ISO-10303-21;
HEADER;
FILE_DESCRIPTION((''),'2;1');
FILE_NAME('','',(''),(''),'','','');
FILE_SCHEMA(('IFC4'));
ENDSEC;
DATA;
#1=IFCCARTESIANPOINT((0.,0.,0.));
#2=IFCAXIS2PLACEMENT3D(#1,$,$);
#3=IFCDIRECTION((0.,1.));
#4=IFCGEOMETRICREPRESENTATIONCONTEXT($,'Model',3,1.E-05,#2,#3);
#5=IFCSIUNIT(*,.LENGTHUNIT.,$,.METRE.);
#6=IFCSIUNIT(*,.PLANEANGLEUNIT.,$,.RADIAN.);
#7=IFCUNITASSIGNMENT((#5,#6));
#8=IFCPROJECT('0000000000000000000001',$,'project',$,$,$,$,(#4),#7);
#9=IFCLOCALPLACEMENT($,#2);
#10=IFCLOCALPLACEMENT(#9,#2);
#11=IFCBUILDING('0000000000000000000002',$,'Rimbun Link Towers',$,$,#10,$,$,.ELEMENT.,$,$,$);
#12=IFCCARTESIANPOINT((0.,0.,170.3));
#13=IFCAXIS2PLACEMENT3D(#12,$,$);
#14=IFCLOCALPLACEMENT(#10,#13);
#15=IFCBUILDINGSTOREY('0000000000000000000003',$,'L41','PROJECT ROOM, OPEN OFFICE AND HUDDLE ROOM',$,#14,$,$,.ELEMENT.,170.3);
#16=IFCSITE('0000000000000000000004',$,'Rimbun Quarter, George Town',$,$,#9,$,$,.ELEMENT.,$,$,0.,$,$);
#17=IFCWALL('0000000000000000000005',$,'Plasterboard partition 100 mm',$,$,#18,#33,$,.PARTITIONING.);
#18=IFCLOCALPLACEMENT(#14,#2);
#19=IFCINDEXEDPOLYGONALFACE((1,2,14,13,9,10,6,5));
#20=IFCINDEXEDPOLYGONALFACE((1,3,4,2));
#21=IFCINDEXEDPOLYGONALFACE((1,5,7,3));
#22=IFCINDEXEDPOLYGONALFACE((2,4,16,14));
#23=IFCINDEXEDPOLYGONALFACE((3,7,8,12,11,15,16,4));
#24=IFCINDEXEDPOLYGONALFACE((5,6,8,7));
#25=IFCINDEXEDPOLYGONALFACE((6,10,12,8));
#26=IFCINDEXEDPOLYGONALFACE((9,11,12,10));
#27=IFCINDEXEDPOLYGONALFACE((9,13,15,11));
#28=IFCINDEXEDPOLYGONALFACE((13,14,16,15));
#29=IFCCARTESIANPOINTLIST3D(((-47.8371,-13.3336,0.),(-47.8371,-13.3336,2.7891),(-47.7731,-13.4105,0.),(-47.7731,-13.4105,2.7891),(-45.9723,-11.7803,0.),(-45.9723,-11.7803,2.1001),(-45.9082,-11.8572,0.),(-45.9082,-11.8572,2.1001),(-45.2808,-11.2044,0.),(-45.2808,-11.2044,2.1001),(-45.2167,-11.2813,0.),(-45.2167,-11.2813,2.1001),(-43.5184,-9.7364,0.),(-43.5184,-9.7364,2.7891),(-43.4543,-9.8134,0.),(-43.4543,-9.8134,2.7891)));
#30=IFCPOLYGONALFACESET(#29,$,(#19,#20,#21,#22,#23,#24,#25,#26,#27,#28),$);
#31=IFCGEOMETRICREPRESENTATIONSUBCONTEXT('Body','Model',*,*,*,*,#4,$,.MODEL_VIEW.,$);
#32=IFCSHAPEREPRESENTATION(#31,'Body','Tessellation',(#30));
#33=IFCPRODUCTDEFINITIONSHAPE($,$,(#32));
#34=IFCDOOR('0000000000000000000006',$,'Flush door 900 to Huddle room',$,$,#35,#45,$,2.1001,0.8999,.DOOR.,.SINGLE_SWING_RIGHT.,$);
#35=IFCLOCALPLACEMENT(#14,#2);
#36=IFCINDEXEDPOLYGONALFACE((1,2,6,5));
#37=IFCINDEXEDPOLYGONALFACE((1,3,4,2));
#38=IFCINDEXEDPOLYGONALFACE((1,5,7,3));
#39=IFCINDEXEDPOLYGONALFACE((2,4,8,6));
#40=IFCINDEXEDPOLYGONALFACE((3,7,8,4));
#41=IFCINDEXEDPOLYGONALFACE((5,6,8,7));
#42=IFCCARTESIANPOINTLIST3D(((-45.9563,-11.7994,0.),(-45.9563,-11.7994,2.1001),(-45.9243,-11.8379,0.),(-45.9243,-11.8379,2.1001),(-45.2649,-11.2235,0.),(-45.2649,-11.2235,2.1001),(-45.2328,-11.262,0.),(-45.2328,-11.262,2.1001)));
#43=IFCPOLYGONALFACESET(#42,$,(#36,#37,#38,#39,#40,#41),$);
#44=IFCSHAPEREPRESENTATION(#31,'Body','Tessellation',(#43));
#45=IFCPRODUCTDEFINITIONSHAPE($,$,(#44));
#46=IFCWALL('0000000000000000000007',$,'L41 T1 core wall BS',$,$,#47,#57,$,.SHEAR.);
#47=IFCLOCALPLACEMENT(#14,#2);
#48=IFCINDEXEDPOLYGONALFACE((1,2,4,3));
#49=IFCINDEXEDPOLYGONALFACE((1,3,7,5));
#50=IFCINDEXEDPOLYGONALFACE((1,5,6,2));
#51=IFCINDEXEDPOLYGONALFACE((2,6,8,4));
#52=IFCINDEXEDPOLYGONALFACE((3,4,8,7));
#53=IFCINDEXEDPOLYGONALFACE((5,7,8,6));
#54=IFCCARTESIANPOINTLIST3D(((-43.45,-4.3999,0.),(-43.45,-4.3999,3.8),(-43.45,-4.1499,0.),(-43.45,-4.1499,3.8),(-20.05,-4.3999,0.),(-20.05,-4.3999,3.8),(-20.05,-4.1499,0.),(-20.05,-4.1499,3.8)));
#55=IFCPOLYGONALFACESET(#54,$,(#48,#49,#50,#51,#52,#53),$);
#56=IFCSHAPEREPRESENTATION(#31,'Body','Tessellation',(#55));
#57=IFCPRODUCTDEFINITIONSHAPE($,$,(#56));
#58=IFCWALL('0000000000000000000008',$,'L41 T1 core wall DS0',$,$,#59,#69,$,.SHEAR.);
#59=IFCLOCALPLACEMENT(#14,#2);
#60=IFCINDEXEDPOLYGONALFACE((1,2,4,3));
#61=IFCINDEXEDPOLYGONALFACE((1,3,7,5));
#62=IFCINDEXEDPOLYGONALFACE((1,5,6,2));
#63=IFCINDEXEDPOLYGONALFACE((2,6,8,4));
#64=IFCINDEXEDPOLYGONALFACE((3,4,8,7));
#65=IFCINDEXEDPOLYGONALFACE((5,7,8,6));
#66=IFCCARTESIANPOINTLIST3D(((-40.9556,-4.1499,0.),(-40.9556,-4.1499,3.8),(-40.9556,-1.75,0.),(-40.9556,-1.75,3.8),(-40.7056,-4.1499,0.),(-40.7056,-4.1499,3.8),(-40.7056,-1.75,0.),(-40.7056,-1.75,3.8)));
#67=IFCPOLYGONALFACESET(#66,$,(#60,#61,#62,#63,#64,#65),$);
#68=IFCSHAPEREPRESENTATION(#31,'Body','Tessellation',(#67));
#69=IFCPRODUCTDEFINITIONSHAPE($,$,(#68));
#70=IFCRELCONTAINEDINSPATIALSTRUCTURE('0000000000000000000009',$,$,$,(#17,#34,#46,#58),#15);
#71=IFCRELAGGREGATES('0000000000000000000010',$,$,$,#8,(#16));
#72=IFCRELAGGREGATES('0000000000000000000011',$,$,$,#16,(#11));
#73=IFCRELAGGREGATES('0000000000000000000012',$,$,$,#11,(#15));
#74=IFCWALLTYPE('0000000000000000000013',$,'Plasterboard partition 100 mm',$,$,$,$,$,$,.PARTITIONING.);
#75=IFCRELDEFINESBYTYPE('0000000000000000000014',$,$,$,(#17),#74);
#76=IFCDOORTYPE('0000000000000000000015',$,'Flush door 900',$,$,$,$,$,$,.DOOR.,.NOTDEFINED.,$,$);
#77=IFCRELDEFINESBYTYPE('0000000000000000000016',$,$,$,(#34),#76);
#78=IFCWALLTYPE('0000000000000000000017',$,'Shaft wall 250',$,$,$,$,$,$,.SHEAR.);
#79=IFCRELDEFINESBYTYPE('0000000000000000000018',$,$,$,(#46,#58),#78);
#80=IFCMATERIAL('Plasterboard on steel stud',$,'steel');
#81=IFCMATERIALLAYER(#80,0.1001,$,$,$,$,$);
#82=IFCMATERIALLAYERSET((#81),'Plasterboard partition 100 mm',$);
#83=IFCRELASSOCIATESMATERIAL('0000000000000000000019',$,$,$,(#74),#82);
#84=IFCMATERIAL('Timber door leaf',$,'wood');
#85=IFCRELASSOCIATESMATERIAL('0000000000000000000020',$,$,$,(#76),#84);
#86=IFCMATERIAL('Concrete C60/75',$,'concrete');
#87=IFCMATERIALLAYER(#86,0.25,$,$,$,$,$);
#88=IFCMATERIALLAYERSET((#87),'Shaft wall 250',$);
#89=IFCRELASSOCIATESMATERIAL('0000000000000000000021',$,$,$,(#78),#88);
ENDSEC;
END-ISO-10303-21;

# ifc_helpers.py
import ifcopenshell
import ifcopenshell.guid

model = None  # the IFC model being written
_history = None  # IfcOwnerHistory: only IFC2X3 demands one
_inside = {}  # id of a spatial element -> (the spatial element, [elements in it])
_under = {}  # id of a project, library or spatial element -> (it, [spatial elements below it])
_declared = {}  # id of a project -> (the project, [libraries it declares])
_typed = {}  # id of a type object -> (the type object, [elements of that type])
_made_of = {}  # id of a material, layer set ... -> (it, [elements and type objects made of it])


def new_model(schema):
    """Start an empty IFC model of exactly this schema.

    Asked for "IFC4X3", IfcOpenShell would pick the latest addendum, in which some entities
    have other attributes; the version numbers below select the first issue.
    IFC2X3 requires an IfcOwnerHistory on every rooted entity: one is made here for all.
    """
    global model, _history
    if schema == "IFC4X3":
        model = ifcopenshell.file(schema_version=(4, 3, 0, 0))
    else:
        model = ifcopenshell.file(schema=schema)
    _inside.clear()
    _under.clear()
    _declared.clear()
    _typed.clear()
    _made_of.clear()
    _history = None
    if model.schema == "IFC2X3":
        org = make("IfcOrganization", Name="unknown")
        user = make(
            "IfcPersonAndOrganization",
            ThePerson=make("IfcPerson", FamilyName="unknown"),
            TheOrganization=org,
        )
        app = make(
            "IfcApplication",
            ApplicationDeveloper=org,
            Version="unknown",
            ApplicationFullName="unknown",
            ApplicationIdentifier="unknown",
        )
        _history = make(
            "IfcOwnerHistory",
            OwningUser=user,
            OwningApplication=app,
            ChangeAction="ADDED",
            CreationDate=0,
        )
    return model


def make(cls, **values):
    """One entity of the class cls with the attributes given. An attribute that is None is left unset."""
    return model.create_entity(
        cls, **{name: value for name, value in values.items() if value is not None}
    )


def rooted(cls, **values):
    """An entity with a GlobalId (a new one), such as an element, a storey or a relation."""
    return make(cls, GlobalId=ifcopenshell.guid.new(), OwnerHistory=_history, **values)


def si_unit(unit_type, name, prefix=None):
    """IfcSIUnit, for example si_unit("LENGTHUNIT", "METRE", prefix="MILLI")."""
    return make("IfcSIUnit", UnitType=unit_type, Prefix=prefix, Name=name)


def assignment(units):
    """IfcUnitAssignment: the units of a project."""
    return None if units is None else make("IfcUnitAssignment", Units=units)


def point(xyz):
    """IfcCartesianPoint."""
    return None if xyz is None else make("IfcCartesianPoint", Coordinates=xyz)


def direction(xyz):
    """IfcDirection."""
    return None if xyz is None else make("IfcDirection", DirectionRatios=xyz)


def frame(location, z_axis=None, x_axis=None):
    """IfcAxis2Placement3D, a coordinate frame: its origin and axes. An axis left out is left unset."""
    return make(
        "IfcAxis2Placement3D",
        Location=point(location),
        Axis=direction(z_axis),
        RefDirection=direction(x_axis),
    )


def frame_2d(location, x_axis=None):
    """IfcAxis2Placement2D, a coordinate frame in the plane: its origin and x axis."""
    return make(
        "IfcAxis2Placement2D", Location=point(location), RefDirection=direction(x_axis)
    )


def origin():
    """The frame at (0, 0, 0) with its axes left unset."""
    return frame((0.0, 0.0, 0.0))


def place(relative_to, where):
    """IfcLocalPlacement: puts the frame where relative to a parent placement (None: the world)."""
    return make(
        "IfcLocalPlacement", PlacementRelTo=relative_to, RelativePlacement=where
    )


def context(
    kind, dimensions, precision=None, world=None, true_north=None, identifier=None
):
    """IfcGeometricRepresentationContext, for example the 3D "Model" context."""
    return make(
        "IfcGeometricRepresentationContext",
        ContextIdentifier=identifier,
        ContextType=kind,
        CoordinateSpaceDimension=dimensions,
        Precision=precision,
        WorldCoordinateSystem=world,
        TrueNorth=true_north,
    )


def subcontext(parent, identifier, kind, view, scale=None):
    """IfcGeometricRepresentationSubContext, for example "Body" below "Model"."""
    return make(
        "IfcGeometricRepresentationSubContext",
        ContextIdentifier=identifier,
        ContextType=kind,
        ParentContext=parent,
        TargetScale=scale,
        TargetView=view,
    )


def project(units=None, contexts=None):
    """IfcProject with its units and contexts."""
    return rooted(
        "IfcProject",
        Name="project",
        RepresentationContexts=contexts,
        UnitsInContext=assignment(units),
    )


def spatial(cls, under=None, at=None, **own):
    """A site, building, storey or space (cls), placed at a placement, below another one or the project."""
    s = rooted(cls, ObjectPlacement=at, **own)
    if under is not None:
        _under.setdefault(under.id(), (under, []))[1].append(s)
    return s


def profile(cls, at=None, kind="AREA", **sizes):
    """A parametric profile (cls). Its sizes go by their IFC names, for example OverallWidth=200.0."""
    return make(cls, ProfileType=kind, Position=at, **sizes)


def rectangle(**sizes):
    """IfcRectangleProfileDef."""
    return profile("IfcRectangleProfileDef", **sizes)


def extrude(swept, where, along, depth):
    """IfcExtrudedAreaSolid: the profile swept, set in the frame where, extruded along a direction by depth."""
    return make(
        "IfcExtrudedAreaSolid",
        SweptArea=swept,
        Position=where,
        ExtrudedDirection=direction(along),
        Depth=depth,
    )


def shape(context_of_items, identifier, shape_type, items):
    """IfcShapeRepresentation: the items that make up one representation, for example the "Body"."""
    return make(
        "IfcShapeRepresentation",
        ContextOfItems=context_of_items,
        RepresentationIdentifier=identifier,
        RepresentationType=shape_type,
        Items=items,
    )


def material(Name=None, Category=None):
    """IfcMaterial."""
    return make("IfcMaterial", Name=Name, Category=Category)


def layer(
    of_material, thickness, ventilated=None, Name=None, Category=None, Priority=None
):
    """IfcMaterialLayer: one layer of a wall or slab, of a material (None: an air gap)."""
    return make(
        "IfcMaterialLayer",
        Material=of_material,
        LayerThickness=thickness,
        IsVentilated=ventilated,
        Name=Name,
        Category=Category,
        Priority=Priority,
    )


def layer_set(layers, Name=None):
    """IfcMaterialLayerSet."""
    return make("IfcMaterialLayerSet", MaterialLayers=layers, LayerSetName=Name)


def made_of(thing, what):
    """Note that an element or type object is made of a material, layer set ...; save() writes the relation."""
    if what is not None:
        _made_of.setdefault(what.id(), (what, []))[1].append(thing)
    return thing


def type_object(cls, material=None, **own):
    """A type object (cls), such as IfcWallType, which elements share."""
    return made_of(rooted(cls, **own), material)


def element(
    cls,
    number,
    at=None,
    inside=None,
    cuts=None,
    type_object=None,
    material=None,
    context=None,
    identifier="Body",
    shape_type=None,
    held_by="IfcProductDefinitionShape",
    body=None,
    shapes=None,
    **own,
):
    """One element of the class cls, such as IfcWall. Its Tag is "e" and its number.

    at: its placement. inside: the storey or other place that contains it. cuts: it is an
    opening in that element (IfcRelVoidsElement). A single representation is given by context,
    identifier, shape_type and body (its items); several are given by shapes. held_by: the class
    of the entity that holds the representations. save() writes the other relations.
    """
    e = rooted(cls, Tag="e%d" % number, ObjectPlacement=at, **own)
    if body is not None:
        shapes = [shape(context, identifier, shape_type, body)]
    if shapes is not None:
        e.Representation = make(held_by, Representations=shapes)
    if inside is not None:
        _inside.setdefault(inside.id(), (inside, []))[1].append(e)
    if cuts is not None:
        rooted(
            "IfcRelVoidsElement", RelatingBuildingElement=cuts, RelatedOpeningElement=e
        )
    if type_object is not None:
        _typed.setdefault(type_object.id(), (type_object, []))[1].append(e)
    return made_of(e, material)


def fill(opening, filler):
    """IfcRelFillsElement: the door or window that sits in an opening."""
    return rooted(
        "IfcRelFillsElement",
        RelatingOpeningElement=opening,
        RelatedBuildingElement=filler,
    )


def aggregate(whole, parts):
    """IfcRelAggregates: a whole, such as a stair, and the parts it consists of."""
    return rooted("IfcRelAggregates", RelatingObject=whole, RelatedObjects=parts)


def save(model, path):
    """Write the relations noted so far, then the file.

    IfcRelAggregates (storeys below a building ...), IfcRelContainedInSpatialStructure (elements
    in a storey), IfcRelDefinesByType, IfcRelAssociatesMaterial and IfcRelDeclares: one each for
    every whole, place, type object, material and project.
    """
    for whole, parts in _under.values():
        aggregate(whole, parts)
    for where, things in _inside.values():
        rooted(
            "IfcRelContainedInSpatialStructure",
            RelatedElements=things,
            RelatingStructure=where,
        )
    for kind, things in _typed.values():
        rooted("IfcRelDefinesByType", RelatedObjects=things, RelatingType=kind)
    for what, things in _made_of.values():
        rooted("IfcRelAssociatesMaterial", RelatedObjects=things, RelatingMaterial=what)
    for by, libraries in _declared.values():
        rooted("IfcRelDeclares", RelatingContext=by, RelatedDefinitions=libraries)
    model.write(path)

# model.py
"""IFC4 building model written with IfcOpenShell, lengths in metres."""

from ifc_helpers import new_model, si_unit, direction, frame, frame_2d, origin, place, context, subcontext, project, spatial, rectangle, extrude, material, layer, layer_set, type_object, element, fill, save


model = new_model("IFC4")

# Units and contexts
model_context = context("Model", 3, precision=1e-05, world=origin(), true_north=direction((0.0, 1.0)))
body_context = subcontext(model_context, "Body", "Model", "MODEL_VIEW")
ifc_project = project(units=[si_unit("LENGTHUNIT", "METRE"), si_unit("PLANEANGLEUNIT", "RADIAN")], contexts=[model_context])

# Site, building, storey
site_placement = place(None, origin())
site = spatial("IfcSite", under=ifc_project, at=site_placement, Name="Rimbun Quarter, George Town", CompositionType="ELEMENT", RefElevation=0.0)
building_placement = place(site_placement, origin())
building = spatial("IfcBuilding", under=site, at=building_placement, Name="Rimbun Link Towers", CompositionType="ELEMENT")
storey_placement = place(building_placement, frame((0.0, 0.0, 170.3)))
storey = spatial("IfcBuildingStorey", under=building, at=storey_placement, Name="L41", Description="PROJECT ROOM, OPEN OFFICE AND HUDDLE ROOM", CompositionType="ELEMENT", Elevation=170.3)

# Wall, opening, door
ifc_material_1 = material(Name="Plasterboard on steel stud", Category="steel")
ifc_layer_1 = layer(ifc_material_1, 0.1001)
ifc_layer_set_1 = layer_set([ifc_layer_1], Name="Plasterboard partition 100 mm")
wall_type_1 = type_object("IfcWallType", Name="Plasterboard partition 100 mm", PredefinedType="PARTITIONING", material=ifc_layer_set_1)
wall_1_placement = place(storey_placement, frame((-43.4863, -9.7749, 0.0), z_axis=(0.0, 0.0, 1.0), x_axis=(-0.768385, -0.639988, 0.0)))
wall_1 = element("IfcWall", 1, at=wall_1_placement, inside=storey, type_object=wall_type_1, Name="Plasterboard partition 100 mm", PredefinedType="PARTITIONING", context=body_context, shape_type="SweptSolid", body=[
    extrude(rectangle(XDim=5.6206, YDim=0.1001, at=frame_2d((2.8103, 0.0))), origin(), (0.0, 0.0, 1.0), 2.7891),
])
opening_1_placement = place(wall_1_placement, frame((2.2937, 0.0, 0.0)))
opening_1 = element("IfcOpeningElement", 2, at=opening_1_placement, cuts=wall_1, PredefinedType="OPENING", context=body_context, shape_type="SweptSolid", body=[
    extrude(rectangle(XDim=0.8999, YDim=2.1001, at=frame_2d((0.45, 1.05))), frame((0.0, 0.0601, 0.0), z_axis=(0.0, -1.0, 0.0), x_axis=(1.0, 0.0, 0.0)), (0.0, 0.0, 1.0), 0.1201),
])
ifc_material_2 = material(Name="Timber door leaf", Category="wood")
door_type_1 = type_object("IfcDoorType", Name="Flush door 900", OperationType="NOTDEFINED", PredefinedType="DOOR", material=ifc_material_2)
door_1_placement = place(opening_1_placement, origin())
door_1 = element("IfcDoor", 3, at=door_1_placement, inside=storey, type_object=door_type_1, Name="Flush door 900 to Huddle room", OperationType="SINGLE_SWING_RIGHT", OverallHeight=2.1001, OverallWidth=0.8999, PredefinedType="DOOR", context=body_context, shape_type="SweptSolid", body=[
    extrude(rectangle(XDim=0.8999, YDim=2.1001, at=frame_2d((0.45, 1.05))), frame((0.0, 0.0249, 0.0), z_axis=(0.0, -1.0, 0.0), x_axis=(1.0, 0.0, 0.0)), (0.0, 0.0, 1.0), 0.05),
])
fill(opening_1, door_1)

# Walls
ifc_material_3 = material(Name="Concrete C60/75", Category="concrete")
ifc_layer_2 = layer(ifc_material_3, 0.25)
ifc_layer_set_2 = layer_set([ifc_layer_2], Name="Shaft wall 250")
wall_type_2 = type_object("IfcWallType", Name="Shaft wall 250", PredefinedType="SHEAR", material=ifc_layer_set_2)
wall_2_placement = place(storey_placement, frame((-43.45, -4.2749, 0.0), z_axis=(0.0, 0.0, 1.0), x_axis=(1.0, 0.0, 0.0)))
element("IfcWall", 4, at=wall_2_placement, inside=storey, type_object=wall_type_2, Name="L41 T1 core wall BS", PredefinedType="SHEAR", context=body_context, shape_type="SweptSolid", body=[
    extrude(rectangle(XDim=23.3999, YDim=0.25, at=frame_2d((11.7, 0.0))), origin(), (0.0, 0.0, 1.0), 3.8),
])
wall_3_placement = place(storey_placement, frame((-40.8306, -4.1499, 0.0), z_axis=(0.0, 0.0, 1.0), x_axis=(0.0, 1.0, 0.0)))
element("IfcWall", 5, at=wall_3_placement, inside=storey, type_object=wall_type_2, Name="L41 T1 core wall DS0", PredefinedType="SHEAR", context=body_context, shape_type="SweptSolid", body=[
    extrude(rectangle(XDim=2.3999, YDim=0.25, at=frame_2d((1.2, 0.0))), origin(), (0.0, 0.0, 1.0), 3.8),
])

save(model, "model.ifc")
